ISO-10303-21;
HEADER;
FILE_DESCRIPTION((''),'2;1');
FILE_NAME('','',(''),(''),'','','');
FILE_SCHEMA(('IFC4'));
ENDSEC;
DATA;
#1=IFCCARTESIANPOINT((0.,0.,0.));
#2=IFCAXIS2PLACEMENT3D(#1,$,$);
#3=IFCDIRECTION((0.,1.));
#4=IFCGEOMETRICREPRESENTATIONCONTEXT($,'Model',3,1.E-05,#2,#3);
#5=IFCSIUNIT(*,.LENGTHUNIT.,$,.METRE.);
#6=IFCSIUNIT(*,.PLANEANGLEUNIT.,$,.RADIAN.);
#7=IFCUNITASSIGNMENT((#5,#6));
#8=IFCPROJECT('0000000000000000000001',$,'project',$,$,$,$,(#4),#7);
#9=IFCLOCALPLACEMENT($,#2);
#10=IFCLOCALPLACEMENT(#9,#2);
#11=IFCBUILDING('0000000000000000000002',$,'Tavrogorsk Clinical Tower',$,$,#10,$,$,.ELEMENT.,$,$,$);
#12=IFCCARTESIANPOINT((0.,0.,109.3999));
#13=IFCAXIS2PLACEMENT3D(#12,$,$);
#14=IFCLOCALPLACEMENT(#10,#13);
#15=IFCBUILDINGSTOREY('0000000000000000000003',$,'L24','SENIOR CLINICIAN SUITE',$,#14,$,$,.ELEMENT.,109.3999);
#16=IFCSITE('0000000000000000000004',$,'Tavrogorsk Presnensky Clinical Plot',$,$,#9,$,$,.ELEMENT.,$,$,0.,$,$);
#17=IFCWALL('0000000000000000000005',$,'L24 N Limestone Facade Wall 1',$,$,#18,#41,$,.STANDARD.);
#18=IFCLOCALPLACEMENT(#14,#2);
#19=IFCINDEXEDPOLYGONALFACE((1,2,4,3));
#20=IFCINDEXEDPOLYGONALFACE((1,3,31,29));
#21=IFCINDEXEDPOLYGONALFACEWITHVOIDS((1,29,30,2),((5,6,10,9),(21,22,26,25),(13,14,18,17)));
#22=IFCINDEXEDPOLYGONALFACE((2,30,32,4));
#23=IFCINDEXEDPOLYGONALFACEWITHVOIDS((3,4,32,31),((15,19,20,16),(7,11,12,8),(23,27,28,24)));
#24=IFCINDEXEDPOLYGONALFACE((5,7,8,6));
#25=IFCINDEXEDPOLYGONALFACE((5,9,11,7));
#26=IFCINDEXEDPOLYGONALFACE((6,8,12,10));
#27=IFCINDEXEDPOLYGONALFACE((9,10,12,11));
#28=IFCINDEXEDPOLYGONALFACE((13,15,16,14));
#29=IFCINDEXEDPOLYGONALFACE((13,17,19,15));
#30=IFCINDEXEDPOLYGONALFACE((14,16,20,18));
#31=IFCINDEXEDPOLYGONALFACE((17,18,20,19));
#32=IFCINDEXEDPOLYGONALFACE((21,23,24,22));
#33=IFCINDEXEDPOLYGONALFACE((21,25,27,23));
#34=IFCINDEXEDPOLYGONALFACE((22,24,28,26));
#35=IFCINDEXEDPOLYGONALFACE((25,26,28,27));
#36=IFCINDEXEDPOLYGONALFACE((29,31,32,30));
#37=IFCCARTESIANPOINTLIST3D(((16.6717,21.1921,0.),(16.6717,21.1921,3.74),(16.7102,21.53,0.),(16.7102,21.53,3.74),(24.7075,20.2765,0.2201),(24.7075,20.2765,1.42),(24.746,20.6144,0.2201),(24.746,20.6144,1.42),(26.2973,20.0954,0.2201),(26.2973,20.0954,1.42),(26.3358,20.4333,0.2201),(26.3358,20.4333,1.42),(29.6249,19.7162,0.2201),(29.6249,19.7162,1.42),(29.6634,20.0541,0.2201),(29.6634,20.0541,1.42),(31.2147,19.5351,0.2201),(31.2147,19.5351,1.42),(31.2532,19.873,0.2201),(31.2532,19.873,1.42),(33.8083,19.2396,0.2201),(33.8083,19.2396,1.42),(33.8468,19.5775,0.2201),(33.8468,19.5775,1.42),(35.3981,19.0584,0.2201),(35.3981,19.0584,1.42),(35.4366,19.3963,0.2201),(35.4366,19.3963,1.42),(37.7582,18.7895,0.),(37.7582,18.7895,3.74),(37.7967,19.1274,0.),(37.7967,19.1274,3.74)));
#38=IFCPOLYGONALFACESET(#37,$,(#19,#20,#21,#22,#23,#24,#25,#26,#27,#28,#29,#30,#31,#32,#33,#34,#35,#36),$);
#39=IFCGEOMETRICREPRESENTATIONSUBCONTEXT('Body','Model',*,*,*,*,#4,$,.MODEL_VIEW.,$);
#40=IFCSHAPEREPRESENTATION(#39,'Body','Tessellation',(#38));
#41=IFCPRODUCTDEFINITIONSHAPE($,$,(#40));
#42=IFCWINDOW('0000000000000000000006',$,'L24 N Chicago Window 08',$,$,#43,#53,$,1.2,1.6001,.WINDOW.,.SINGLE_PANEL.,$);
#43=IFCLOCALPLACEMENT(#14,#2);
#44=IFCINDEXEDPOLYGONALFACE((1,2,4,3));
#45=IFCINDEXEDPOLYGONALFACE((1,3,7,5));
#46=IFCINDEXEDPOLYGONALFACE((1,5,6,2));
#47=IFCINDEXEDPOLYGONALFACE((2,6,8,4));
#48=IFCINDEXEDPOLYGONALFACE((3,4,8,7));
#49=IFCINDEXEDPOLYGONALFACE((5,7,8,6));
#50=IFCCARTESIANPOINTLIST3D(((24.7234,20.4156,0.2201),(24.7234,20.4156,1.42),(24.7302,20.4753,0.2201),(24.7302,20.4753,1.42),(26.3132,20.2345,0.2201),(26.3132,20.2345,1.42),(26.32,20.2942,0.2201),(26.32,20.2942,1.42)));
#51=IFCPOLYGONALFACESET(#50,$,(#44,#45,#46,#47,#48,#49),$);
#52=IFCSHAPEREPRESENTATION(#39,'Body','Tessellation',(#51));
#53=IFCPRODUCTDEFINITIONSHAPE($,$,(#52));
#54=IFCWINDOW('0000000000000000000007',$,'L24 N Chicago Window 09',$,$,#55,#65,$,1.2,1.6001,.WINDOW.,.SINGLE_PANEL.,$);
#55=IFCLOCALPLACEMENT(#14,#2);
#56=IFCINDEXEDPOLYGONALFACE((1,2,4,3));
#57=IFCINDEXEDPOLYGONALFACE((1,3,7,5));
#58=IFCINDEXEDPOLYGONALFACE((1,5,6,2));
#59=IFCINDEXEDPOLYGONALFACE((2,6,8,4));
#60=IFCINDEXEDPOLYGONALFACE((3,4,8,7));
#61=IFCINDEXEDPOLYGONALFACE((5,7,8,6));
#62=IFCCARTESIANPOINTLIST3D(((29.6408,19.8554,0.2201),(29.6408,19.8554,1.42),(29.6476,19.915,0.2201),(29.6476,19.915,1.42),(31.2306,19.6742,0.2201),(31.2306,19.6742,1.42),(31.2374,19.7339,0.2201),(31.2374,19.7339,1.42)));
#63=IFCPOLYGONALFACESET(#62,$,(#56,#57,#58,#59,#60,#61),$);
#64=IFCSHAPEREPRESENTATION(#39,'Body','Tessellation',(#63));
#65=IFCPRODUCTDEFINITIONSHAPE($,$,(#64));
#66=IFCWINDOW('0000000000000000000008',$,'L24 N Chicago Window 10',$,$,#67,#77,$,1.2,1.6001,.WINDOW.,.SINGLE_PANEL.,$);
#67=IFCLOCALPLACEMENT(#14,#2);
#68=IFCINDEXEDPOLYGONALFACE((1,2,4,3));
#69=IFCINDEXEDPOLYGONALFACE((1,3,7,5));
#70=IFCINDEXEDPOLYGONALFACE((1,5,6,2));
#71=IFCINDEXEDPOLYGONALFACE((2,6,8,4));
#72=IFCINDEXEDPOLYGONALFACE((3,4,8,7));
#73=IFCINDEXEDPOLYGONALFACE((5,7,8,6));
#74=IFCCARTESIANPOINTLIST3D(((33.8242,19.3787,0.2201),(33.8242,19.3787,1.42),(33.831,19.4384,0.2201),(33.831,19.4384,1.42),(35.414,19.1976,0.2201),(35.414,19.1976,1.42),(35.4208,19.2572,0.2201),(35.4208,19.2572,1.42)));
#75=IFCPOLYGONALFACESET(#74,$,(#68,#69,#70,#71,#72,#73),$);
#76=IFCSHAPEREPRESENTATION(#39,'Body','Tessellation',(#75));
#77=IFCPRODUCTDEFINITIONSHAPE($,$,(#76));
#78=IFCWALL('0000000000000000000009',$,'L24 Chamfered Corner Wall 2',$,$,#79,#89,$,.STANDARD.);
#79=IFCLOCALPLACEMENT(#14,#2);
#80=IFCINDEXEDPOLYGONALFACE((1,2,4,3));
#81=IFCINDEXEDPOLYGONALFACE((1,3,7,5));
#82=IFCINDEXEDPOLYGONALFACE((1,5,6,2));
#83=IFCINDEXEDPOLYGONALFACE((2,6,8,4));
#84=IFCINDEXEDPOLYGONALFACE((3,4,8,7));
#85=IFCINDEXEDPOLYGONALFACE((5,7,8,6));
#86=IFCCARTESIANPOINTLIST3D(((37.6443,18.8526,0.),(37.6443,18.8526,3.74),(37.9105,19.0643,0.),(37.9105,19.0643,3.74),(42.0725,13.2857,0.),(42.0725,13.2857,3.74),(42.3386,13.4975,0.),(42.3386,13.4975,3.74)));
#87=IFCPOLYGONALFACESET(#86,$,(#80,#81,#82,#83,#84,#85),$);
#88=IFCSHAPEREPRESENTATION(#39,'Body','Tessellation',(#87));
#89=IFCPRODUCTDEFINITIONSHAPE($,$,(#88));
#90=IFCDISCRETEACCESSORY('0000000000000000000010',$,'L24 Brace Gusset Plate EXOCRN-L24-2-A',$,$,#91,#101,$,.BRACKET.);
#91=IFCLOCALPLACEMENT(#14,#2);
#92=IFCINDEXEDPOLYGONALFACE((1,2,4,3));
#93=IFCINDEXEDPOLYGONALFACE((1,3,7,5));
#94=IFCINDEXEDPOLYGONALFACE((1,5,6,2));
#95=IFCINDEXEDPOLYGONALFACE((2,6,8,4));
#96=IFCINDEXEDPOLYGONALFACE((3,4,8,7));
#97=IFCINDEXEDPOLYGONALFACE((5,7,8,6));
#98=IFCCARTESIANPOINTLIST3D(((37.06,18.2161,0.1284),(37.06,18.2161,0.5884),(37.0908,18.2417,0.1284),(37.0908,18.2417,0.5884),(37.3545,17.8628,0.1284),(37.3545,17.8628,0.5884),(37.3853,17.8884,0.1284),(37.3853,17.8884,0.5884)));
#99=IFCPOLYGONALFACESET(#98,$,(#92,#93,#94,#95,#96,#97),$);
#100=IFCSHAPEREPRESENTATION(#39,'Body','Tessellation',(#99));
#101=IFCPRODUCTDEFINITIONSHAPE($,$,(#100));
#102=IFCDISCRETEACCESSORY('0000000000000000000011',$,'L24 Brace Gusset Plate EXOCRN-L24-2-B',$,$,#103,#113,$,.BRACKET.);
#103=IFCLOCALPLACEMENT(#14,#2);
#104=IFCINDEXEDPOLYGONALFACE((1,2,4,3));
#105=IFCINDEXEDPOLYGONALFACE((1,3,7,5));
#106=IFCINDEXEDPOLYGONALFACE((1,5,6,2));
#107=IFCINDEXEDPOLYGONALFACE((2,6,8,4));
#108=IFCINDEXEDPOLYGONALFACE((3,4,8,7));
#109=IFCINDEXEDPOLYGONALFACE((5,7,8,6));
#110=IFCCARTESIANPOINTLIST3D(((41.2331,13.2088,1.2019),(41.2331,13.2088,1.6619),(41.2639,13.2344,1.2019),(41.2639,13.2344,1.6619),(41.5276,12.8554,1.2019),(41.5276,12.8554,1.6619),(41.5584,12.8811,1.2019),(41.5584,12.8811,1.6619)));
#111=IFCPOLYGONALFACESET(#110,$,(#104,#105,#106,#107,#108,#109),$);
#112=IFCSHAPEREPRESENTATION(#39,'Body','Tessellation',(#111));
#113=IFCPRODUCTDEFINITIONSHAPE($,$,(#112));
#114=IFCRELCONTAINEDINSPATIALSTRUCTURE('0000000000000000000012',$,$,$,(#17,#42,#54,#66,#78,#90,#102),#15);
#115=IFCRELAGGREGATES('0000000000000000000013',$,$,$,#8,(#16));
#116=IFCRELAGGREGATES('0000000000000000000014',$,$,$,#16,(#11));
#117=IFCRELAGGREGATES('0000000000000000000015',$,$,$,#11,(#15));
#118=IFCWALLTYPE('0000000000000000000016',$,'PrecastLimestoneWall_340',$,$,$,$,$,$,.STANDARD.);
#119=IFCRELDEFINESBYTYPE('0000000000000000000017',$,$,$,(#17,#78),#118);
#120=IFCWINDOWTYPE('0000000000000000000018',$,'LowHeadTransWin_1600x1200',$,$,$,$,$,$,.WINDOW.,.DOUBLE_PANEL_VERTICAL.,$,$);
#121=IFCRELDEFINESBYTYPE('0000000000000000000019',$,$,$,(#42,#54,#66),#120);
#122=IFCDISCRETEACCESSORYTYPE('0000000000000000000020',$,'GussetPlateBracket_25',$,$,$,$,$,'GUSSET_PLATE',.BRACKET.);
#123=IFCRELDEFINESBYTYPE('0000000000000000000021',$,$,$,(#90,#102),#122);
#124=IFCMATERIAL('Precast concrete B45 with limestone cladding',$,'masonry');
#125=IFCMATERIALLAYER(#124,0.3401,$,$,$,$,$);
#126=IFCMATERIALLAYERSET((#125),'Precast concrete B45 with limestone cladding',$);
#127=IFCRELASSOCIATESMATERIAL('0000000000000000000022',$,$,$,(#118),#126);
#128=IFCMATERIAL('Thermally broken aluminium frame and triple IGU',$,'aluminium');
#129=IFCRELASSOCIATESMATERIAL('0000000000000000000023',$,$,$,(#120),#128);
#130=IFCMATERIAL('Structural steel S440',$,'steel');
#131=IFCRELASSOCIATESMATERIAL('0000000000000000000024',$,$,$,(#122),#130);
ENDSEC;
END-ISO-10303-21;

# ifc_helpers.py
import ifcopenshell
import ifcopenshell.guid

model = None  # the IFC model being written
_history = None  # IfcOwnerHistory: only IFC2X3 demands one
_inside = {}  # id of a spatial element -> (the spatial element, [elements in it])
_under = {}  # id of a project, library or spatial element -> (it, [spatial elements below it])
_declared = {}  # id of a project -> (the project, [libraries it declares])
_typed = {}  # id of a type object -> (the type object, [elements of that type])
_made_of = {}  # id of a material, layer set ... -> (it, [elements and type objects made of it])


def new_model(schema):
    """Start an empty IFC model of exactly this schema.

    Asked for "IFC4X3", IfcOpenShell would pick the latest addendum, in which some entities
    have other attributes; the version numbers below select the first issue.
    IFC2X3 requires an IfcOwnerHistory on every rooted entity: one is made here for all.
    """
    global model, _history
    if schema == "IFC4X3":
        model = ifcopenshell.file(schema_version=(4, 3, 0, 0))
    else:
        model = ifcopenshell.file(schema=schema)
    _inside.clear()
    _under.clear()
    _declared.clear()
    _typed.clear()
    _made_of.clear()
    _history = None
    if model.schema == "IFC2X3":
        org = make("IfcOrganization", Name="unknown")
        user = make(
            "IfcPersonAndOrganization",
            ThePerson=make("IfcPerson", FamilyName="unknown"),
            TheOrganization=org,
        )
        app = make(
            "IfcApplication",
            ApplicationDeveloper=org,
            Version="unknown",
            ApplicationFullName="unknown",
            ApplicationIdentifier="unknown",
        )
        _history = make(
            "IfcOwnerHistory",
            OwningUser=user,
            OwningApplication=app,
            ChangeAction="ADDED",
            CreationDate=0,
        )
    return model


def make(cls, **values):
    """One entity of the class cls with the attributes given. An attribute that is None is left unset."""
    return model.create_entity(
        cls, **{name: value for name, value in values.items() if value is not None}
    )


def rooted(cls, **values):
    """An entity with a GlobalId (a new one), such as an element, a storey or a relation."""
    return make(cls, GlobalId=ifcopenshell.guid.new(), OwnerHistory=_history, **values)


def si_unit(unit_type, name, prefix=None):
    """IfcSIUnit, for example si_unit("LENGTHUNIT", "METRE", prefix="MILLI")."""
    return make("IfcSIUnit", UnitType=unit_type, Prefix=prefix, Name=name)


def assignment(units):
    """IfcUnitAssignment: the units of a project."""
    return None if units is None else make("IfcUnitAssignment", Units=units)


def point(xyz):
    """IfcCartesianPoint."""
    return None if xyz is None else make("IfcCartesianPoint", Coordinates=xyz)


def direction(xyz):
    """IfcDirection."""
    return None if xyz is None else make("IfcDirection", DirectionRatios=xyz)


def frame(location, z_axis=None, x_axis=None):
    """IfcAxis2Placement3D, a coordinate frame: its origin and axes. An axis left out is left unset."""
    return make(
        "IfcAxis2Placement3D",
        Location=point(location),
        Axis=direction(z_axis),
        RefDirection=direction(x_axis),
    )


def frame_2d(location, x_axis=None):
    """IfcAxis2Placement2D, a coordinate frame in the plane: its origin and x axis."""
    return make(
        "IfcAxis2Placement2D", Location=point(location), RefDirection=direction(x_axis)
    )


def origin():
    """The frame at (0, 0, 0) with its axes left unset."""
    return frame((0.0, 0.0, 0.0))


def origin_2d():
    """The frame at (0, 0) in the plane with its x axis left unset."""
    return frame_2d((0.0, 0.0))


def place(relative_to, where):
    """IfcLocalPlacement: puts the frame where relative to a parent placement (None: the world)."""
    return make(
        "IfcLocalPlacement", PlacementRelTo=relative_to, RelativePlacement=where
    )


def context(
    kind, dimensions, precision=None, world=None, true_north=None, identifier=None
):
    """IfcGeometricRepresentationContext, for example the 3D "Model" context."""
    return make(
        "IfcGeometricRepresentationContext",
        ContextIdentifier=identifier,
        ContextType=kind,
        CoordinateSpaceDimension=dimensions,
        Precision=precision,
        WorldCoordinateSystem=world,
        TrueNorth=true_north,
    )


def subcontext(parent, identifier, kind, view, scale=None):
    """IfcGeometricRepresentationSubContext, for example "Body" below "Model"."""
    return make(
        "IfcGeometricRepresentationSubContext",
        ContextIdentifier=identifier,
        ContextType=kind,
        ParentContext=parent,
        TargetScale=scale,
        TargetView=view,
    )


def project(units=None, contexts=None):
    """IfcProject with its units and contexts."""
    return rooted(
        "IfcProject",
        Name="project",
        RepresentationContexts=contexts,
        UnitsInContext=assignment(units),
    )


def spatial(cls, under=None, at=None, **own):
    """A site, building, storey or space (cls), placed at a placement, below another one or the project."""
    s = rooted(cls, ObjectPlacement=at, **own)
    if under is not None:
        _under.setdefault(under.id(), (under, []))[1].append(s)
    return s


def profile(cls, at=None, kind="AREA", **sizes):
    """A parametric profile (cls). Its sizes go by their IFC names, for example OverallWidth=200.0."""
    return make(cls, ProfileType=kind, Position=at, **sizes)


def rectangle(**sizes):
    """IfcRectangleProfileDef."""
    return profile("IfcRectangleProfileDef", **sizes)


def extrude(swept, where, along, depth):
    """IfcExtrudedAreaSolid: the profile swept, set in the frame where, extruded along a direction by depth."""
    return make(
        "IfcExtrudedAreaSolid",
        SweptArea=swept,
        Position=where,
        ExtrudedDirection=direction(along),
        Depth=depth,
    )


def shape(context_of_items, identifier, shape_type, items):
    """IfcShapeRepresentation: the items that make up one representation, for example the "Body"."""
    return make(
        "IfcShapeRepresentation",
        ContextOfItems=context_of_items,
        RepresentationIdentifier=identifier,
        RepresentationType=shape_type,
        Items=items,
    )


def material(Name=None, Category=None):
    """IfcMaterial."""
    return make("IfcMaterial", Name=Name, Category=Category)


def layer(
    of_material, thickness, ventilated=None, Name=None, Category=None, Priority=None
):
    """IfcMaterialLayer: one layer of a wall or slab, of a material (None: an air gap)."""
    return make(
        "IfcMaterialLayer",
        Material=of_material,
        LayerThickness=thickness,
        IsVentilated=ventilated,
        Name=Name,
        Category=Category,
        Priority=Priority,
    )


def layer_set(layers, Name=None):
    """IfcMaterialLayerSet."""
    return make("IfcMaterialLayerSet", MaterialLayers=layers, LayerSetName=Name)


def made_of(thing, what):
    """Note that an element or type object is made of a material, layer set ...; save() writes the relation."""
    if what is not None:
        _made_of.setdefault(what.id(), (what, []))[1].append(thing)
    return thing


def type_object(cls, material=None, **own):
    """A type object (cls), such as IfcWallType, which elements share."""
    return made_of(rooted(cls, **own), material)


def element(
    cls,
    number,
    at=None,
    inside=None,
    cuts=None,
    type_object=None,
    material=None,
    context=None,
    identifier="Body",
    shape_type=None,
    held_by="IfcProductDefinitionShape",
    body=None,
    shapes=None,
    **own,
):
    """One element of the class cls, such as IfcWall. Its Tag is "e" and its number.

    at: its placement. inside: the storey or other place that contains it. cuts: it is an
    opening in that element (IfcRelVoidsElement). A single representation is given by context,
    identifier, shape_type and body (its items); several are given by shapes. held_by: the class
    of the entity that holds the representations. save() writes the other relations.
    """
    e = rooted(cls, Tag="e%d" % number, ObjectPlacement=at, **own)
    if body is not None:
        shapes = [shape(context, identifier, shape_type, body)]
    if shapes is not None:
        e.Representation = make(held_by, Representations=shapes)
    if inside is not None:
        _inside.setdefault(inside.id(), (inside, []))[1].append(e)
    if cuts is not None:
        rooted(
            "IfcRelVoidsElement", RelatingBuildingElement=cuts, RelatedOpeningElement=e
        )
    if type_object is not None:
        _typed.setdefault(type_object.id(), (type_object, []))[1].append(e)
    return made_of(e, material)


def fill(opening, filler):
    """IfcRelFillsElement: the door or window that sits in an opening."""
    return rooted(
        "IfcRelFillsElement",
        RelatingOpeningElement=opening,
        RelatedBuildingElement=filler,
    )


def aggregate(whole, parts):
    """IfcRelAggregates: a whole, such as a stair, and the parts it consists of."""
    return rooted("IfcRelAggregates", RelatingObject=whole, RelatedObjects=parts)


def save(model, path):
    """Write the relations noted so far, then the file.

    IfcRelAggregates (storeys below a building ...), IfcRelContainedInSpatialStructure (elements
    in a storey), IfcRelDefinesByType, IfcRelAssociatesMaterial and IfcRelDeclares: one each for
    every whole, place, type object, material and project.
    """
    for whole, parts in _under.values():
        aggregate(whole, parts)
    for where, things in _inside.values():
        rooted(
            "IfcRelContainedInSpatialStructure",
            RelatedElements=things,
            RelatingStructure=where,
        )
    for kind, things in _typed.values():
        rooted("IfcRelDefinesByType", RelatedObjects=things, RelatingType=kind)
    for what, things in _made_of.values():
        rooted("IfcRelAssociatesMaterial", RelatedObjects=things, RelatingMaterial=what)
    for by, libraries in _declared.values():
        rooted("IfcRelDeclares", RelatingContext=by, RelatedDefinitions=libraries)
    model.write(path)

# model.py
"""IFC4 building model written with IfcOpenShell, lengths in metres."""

from ifc_helpers import new_model, si_unit, direction, frame, frame_2d, origin, origin_2d, place, context, subcontext, project, spatial, rectangle, extrude, material, layer, layer_set, type_object, element, fill, save


model = new_model("IFC4")

# Units and contexts
model_context = context("Model", 3, precision=1e-05, world=origin(), true_north=direction((0.0, 1.0)))
body_context = subcontext(model_context, "Body", "Model", "MODEL_VIEW")
ifc_project = project(units=[si_unit("LENGTHUNIT", "METRE"), si_unit("PLANEANGLEUNIT", "RADIAN")], contexts=[model_context])

# Site, building, storey
site_placement = place(None, origin())
site = spatial("IfcSite", under=ifc_project, at=site_placement, Name="Tavrogorsk Presnensky Clinical Plot", CompositionType="ELEMENT", RefElevation=0.0)
building_placement = place(site_placement, origin())
building = spatial("IfcBuilding", under=site, at=building_placement, Name="Tavrogorsk Clinical Tower", CompositionType="ELEMENT")
storey_placement = place(building_placement, frame((0.0, 0.0, 109.3999)))
storey = spatial("IfcBuildingStorey", under=building, at=storey_placement, Name="L24", Description="SENIOR CLINICIAN SUITE", CompositionType="ELEMENT", Elevation=109.3999)

# Wall, openings, windows
ifc_material_1 = material(Name="Precast concrete B45 with limestone cladding", Category="masonry")
ifc_layer_1 = layer(ifc_material_1, 0.3401)
ifc_layer_set_1 = layer_set([ifc_layer_1], Name="Precast concrete B45 with limestone cladding")
wall_type_1 = type_object("IfcWallType", Name="PrecastLimestoneWall_340", PredefinedType="STANDARD", material=ifc_layer_set_1)
wall_1_placement = place(storey_placement, frame((37.7773, 18.9585, 0.0), z_axis=(0.0, 0.0, 1.0), x_axis=(-0.993571, 0.113208, 0.0)))
wall_1 = element("IfcWall", 1, at=wall_1_placement, inside=storey, type_object=wall_type_1, Name="L24 N Limestone Facade Wall 1", PredefinedType="STANDARD", context=body_context, shape_type="SweptSolid", body=[
    extrude(rectangle(XDim=21.2229, YDim=0.3401, at=frame_2d((10.6113, 0.0))), origin(), (0.0, 0.0, 1.0), 3.74),
])
opening_1_placement = place(wall_1_placement, frame((11.5349, 0.0, 0.22)))
opening_1 = element("IfcOpeningElement", 2, at=opening_1_placement, cuts=wall_1, PredefinedType="OPENING", context=body_context, shape_type="SweptSolid", body=[
    extrude(rectangle(XDim=1.6001, YDim=1.2, at=frame_2d((0.8, 0.6001))), frame((0.0, 0.1799, 0.0), z_axis=(0.0, -1.0, 0.0), x_axis=(1.0, 0.0, 0.0)), (0.0, 0.0, 1.0), 0.3601),
])
opening_2_placement = place(wall_1_placement, frame((6.5857, 0.0, 0.22)))
opening_2 = element("IfcOpeningElement", 3, at=opening_2_placement, cuts=wall_1, PredefinedType="OPENING", context=body_context, shape_type="SweptSolid", body=[
    extrude(rectangle(XDim=1.6001, YDim=1.2, at=frame_2d((0.8, 0.6001))), frame((0.0, 0.1799, 0.0), z_axis=(0.0, -1.0, 0.0), x_axis=(1.0, 0.0, 0.0)), (0.0, 0.0, 1.0), 0.3601),
])
opening_3_placement = place(wall_1_placement, frame((2.3752, 0.0, 0.22)))
opening_3 = element("IfcOpeningElement", 4, at=opening_3_placement, cuts=wall_1, PredefinedType="OPENING", context=body_context, shape_type="SweptSolid", body=[
    extrude(rectangle(XDim=1.6001, YDim=1.2, at=frame_2d((0.8, 0.6001))), frame((0.0, 0.1799, 0.0), z_axis=(0.0, -1.0, 0.0), x_axis=(1.0, 0.0, 0.0)), (0.0, 0.0, 1.0), 0.3601),
])
ifc_material_2 = material(Name="Thermally broken aluminium frame and triple IGU", Category="aluminium")
window_type = type_object("IfcWindowType", Name="LowHeadTransWin_1600x1200", PartitioningType="DOUBLE_PANEL_VERTICAL", PredefinedType="WINDOW", material=ifc_material_2)
window_1_placement = place(opening_1_placement, origin())
window_1 = element("IfcWindow", 5, at=window_1_placement, inside=storey, type_object=window_type, Name="L24 N Chicago Window 08", OverallHeight=1.2, OverallWidth=1.6001, PartitioningType="SINGLE_PANEL", PredefinedType="WINDOW", context=body_context, shape_type="SweptSolid", body=[
    extrude(rectangle(XDim=1.6001, YDim=1.2, at=frame_2d((0.8, 0.6001))), frame((0.0, 0.03, 0.0), z_axis=(0.0, -1.0, 0.0), x_axis=(1.0, 0.0, 0.0)), (0.0, 0.0, 1.0), 0.0601),
])
fill(opening_1, window_1)
window_2_placement = place(opening_2_placement, origin())
window_2 = element("IfcWindow", 6, at=window_2_placement, inside=storey, type_object=window_type, Name="L24 N Chicago Window 09", OverallHeight=1.2, OverallWidth=1.6001, PartitioningType="SINGLE_PANEL", PredefinedType="WINDOW", context=body_context, shape_type="SweptSolid", body=[
    extrude(rectangle(XDim=1.6001, YDim=1.2, at=frame_2d((0.8, 0.6001))), frame((0.0, 0.03, 0.0), z_axis=(0.0, -1.0, 0.0), x_axis=(1.0, 0.0, 0.0)), (0.0, 0.0, 1.0), 0.0601),
])
fill(opening_2, window_2)
window_3_placement = place(opening_3_placement, origin())
window_3 = element("IfcWindow", 7, at=window_3_placement, inside=storey, type_object=window_type, Name="L24 N Chicago Window 10", OverallHeight=1.2, OverallWidth=1.6001, PartitioningType="SINGLE_PANEL", PredefinedType="WINDOW", context=body_context, shape_type="SweptSolid", body=[
    extrude(rectangle(XDim=1.6001, YDim=1.2, at=frame_2d((0.8, 0.6001))), frame((0.0, 0.03, 0.0), z_axis=(0.0, -1.0, 0.0), x_axis=(1.0, 0.0, 0.0)), (0.0, 0.0, 1.0), 0.0601),
])
fill(opening_3, window_3)

# Wall
wall_2_placement = place(storey_placement, frame((42.2056, 13.3916, 0.0), z_axis=(0.0, 0.0, 1.0), x_axis=(-0.622525, 0.7826, 0.0)))
element("IfcWall", 8, at=wall_2_placement, inside=storey, type_object=wall_type_1, Name="L24 Chamfered Corner Wall 2", PredefinedType="STANDARD", context=body_context, shape_type="SweptSolid", body=[
    extrude(rectangle(XDim=7.1133, YDim=0.3401, at=frame_2d((3.5566, 0.0))), origin(), (0.0, 0.0, 1.0), 3.74),
])

# Discrete accessories
ifc_material_3 = material(Name="Structural steel S440", Category="steel")
discrete_accessory_type = type_object("IfcDiscreteAccessoryType", Name="GussetPlateBracket_25", ElementType="GUSSET_PLATE", PredefinedType="BRACKET", material=ifc_material_3)
for number, where, z_axis, x_axis, name in (
    (9, (37.2227, 18.0522, 0.1284), (0.0, 0.0, 1.0), (0.640244, -0.768172, 0.0), "L24 Brace Gusset Plate EXOCRN-L24-2-A"),
    (10, (41.3958, 13.0449, 1.2019), (0.0, 0.0, 1.0), (0.640244, -0.768172, 0.0), "L24 Brace Gusset Plate EXOCRN-L24-2-B"),
):
    element("IfcDiscreteAccessory", number, at=place(storey_placement, frame(where, z_axis=z_axis, x_axis=x_axis)), inside=storey, type_object=discrete_accessory_type, Name=name, PredefinedType="BRACKET", context=body_context, shape_type="SweptSolid", body=[
        extrude(rectangle(XDim=0.46, YDim=0.04, at=origin_2d()), origin(), (0.0, 0.0, 1.0), 0.46),
    ])

save(model, "model.ifc")
